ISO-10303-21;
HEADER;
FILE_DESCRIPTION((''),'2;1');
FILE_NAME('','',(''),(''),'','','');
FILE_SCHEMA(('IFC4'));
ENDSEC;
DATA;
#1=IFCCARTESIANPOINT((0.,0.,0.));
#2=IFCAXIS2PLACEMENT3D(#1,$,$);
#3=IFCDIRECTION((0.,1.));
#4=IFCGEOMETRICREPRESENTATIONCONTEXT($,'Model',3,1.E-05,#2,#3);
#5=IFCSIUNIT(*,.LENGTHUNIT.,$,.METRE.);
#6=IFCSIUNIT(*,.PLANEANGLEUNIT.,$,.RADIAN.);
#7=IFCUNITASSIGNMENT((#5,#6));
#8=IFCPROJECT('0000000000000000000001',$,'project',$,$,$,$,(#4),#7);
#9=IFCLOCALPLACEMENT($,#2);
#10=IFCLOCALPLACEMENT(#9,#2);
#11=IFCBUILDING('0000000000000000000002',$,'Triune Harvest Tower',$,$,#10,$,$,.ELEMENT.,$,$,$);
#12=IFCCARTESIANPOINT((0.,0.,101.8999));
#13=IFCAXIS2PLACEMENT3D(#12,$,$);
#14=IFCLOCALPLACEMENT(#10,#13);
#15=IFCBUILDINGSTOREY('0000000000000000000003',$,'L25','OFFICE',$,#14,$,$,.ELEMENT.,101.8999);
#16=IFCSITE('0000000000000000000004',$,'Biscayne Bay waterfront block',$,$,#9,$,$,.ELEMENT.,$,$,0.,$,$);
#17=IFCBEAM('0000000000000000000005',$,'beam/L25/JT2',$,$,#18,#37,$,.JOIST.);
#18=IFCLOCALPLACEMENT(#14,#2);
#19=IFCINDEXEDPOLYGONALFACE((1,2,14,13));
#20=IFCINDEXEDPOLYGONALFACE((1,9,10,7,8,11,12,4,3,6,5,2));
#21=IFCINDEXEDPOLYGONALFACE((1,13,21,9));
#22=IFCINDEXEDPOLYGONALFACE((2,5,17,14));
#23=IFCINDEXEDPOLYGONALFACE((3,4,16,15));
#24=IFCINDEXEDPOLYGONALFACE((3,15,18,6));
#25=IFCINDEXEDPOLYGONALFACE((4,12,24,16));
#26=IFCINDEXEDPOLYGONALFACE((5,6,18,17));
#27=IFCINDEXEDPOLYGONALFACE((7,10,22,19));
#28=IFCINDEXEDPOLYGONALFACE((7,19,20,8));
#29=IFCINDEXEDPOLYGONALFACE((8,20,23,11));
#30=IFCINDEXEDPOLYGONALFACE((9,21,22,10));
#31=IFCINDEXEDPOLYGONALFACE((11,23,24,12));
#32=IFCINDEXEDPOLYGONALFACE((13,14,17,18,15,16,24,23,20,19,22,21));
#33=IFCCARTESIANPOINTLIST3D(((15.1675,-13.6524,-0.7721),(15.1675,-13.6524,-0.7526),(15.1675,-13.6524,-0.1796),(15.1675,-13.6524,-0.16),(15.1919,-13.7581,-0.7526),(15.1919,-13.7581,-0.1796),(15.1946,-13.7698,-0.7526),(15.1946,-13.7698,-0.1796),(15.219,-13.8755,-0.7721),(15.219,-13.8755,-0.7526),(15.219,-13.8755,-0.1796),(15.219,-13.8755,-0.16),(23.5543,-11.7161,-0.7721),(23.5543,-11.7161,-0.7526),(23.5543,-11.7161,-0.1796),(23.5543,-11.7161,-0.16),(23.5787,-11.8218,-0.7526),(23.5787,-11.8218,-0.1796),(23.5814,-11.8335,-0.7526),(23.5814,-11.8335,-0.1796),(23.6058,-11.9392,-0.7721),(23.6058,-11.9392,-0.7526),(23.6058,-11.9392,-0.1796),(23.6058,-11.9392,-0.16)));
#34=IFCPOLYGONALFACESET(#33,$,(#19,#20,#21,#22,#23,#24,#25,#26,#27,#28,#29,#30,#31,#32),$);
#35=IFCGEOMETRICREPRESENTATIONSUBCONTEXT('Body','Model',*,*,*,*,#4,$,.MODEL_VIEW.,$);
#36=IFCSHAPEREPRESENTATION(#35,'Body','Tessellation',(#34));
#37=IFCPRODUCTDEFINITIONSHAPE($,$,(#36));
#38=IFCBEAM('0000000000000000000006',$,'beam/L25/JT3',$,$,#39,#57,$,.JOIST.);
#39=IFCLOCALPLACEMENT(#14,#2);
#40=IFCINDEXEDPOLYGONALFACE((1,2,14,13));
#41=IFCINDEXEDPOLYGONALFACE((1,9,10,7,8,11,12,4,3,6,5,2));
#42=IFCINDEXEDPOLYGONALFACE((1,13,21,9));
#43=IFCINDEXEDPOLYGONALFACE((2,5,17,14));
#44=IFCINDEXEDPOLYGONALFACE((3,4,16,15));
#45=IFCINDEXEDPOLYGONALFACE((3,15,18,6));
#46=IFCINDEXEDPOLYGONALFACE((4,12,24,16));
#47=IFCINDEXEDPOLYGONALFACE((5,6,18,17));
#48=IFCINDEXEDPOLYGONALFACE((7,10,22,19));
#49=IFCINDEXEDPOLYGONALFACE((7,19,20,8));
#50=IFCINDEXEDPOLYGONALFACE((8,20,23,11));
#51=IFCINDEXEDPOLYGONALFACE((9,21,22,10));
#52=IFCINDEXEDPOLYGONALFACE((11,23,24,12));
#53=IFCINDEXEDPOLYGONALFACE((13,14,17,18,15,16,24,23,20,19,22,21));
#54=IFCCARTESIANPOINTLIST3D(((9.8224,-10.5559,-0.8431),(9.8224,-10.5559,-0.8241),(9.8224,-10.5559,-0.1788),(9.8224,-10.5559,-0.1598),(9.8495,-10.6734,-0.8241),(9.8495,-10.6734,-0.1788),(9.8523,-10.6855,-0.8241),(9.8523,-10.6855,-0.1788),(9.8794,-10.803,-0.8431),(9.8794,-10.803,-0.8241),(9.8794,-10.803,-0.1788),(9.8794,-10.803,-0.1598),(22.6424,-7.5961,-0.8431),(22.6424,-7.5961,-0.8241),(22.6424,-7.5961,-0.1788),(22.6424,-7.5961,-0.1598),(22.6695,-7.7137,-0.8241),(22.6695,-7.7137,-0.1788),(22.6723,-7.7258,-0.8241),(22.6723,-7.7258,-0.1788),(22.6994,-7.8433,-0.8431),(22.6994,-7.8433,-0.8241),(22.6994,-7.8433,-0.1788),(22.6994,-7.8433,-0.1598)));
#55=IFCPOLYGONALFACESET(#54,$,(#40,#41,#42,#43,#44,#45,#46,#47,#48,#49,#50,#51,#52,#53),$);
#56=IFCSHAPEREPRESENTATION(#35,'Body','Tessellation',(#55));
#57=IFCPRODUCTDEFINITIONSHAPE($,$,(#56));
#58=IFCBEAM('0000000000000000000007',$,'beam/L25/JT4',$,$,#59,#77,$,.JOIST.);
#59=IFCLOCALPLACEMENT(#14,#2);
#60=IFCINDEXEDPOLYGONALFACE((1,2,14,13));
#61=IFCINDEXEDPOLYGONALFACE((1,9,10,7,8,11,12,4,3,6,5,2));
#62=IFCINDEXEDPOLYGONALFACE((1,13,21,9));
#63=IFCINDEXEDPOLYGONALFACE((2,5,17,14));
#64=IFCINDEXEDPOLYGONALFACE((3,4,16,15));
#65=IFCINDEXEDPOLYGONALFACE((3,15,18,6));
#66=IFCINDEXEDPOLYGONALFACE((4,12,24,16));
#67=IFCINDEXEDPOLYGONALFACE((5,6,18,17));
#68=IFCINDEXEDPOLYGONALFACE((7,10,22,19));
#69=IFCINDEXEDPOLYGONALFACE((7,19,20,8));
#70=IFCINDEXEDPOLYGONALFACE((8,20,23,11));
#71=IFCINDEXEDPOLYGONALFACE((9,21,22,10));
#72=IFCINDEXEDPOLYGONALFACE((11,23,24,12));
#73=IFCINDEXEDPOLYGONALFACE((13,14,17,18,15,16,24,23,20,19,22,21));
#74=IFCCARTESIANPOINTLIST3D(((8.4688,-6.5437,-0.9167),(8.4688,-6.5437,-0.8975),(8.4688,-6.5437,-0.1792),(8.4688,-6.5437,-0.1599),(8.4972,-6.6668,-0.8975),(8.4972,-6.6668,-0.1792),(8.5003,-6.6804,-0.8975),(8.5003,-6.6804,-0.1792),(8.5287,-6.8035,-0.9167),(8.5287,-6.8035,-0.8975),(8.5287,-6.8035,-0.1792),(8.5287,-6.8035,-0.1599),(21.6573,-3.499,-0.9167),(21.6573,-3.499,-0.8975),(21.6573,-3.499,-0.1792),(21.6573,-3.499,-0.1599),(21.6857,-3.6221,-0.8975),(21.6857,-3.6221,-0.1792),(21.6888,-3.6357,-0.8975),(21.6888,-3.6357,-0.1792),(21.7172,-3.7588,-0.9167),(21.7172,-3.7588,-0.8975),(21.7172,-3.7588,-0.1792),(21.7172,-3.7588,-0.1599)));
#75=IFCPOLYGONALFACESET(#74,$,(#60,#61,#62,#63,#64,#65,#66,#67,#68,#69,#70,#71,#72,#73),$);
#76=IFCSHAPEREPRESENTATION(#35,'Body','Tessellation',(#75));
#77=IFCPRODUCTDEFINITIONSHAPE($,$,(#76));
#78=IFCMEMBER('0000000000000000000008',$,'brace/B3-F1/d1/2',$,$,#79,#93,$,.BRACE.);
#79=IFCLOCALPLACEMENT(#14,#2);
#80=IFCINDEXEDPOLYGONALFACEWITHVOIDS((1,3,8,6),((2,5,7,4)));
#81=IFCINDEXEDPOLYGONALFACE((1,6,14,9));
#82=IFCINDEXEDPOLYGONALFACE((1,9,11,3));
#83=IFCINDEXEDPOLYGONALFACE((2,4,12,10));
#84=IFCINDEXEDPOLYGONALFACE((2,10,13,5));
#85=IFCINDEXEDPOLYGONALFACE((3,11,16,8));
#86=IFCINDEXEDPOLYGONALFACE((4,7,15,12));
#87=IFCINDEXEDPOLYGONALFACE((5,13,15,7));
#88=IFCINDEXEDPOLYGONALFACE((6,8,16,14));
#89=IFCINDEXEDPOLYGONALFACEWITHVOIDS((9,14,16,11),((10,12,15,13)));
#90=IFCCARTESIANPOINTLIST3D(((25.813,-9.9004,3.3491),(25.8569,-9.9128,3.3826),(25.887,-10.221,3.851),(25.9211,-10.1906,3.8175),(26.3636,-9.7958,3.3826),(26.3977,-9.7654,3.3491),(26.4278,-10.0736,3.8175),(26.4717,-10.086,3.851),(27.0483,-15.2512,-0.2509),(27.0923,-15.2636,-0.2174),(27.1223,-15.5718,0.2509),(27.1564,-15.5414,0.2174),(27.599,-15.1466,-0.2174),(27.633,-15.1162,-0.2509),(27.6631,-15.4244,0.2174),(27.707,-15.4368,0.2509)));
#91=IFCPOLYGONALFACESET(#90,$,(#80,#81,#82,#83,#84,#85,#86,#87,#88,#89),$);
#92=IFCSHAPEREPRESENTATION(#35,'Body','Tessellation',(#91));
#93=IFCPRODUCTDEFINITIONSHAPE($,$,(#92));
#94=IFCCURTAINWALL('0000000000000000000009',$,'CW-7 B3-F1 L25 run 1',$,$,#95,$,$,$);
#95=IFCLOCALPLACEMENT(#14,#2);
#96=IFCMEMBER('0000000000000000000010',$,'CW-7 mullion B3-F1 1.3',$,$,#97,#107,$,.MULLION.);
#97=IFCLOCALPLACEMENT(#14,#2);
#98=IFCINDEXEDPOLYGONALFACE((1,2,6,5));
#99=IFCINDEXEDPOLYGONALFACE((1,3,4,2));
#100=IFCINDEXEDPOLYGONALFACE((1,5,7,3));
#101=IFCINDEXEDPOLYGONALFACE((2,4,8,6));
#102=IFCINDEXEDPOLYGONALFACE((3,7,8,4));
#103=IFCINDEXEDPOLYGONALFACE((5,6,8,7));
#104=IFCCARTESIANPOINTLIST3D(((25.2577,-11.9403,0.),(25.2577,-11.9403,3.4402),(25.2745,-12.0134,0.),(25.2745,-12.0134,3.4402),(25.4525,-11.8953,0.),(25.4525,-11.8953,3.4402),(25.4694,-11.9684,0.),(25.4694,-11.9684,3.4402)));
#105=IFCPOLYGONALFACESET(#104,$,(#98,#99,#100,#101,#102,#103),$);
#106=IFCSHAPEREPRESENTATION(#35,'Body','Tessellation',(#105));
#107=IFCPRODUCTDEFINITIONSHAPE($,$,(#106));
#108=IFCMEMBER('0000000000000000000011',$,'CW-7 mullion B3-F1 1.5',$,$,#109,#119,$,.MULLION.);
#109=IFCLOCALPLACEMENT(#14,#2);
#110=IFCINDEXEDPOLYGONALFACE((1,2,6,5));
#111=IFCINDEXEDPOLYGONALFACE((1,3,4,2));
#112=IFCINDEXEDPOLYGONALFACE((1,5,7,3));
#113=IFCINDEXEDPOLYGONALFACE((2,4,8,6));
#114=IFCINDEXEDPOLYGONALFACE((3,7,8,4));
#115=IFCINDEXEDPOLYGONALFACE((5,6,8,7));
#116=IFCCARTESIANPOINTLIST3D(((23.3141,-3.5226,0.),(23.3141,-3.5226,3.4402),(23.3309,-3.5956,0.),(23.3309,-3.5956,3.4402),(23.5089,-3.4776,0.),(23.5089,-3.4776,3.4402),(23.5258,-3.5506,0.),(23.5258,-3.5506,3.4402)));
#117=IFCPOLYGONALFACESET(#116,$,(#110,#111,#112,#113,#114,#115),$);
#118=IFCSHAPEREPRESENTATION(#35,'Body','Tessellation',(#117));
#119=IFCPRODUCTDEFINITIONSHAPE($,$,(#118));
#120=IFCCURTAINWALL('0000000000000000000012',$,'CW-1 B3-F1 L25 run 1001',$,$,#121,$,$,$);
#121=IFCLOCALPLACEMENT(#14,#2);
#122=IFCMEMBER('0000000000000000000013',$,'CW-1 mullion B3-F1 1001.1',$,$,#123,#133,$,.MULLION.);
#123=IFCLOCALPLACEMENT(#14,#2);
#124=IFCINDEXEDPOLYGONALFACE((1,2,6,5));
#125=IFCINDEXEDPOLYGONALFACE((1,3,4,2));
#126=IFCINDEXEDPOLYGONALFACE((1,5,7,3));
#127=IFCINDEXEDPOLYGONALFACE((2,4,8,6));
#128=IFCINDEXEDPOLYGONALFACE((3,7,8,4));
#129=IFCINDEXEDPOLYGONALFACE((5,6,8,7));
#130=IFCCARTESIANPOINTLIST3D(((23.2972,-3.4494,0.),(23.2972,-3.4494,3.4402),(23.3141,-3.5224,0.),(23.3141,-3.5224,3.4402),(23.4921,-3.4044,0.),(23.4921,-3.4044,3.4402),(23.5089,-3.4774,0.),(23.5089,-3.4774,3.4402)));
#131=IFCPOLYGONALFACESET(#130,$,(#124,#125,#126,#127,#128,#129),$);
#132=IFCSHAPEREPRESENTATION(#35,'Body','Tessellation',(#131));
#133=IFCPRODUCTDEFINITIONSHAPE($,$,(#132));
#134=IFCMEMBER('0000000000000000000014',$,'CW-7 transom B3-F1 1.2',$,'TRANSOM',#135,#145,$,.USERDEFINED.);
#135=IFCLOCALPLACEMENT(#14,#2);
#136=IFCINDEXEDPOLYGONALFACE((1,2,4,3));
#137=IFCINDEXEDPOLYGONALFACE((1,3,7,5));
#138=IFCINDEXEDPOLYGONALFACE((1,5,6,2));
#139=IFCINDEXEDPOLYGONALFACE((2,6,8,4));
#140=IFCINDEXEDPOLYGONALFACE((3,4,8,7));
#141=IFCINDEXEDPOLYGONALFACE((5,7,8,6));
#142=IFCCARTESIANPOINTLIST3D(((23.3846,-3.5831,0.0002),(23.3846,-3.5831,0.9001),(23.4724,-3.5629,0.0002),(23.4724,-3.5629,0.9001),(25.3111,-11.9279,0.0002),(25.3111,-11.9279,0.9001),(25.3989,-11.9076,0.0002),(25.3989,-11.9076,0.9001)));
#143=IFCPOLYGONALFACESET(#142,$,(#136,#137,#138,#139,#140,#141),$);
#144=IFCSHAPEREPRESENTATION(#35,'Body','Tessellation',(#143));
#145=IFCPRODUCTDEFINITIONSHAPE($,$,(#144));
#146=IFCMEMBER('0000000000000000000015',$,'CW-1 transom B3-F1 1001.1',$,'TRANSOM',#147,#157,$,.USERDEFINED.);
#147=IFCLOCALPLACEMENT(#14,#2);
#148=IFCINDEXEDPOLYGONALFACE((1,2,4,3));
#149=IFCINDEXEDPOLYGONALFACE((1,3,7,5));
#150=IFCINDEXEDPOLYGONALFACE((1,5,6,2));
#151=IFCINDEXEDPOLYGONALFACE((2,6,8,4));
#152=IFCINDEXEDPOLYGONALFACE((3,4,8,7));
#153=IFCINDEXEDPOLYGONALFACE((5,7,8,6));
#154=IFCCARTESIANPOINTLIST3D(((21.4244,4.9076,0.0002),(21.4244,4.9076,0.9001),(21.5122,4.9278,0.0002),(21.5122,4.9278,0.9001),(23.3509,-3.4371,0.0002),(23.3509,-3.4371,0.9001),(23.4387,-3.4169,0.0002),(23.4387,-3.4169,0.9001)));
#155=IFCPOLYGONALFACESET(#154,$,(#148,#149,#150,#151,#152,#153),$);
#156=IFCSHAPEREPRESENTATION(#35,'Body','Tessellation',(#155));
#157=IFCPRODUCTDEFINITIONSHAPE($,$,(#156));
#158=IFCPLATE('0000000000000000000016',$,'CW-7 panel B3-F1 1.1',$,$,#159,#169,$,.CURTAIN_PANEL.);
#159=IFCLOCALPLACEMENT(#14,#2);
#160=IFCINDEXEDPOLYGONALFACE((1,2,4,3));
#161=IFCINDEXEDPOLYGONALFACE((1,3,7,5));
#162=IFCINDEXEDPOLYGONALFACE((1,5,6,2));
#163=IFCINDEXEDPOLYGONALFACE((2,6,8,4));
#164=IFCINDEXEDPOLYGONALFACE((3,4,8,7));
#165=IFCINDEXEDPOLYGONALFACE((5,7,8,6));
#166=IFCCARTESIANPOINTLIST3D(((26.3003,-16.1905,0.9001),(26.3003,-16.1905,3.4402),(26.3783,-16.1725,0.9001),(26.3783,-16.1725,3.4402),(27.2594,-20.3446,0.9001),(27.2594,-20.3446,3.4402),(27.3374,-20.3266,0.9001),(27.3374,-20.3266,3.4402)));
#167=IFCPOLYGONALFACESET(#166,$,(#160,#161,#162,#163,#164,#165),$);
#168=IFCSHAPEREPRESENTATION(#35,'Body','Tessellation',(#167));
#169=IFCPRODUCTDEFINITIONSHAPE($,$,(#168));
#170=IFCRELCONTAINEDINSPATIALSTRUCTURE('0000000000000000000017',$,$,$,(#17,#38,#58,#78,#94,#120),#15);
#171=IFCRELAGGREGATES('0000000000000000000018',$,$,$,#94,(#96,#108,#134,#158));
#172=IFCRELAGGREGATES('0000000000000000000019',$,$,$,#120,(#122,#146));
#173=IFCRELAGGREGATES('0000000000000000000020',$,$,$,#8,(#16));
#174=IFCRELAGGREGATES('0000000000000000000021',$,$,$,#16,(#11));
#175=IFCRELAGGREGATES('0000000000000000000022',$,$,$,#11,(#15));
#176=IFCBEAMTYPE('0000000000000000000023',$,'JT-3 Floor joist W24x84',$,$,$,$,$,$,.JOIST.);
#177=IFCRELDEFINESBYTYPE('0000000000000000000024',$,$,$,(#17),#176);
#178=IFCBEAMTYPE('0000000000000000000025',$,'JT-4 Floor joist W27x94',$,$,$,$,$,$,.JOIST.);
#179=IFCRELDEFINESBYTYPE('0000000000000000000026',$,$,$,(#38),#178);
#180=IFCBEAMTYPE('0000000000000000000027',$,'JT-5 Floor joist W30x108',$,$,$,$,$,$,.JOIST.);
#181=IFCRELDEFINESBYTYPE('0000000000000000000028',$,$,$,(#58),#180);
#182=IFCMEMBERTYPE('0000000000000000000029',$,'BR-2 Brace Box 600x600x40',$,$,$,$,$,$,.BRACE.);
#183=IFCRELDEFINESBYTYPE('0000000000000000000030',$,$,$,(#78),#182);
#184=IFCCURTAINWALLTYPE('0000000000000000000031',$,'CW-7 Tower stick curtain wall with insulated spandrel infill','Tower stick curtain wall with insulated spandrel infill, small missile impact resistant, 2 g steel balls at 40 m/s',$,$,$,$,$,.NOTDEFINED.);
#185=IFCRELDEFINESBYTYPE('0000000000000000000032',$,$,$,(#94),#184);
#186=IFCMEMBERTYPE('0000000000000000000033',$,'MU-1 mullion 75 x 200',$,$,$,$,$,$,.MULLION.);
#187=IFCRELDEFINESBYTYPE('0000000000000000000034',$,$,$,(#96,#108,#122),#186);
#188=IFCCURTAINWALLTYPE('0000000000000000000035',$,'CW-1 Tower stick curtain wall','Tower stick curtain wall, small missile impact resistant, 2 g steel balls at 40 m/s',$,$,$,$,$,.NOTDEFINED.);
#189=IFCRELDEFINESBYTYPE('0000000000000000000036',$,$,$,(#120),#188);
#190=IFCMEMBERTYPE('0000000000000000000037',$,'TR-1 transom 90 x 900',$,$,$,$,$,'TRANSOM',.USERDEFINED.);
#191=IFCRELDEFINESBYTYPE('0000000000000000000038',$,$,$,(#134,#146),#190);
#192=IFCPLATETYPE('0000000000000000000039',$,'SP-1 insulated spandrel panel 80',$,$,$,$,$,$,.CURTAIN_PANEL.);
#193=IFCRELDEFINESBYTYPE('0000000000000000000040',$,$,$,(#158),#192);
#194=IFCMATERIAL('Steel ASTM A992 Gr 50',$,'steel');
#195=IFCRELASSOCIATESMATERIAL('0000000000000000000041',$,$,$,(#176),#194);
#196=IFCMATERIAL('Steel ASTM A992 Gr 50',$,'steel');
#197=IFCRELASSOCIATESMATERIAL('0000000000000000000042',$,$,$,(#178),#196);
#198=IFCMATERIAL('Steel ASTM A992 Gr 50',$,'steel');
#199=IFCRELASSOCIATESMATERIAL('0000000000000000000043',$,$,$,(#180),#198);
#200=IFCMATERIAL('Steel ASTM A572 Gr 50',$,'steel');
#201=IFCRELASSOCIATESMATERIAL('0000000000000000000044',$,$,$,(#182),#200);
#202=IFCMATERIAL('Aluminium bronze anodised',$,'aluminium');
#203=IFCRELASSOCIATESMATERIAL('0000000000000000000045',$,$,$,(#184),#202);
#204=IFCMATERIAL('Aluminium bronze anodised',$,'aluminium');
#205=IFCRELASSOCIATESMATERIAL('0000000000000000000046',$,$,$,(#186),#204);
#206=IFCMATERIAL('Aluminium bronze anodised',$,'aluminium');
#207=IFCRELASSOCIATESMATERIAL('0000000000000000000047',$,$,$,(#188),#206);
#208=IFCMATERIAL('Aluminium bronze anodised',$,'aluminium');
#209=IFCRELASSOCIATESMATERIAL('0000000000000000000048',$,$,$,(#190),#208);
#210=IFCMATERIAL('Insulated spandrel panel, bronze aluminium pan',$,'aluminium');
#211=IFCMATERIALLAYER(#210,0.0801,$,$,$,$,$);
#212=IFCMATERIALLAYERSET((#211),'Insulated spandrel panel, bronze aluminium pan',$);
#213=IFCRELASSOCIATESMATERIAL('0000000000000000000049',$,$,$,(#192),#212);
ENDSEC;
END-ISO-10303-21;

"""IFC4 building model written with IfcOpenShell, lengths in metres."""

from ifc_helpers import new_model, si_unit, direction, frame, origin, origin_2d, place, context, subcontext, project, spatial, rectangle, hollow_rectangle, i_section, extrude, source, transform, mapped, material, layer, layer_set, material_profile, profile_set, type_object, element, aggregate, save


model = new_model("IFC4")

# Units and contexts
model_context = context("Model", 3, precision=1e-05, world=origin(), true_north=direction((0.0, 1.0)))
body_context = subcontext(model_context, "Body", "Model", "MODEL_VIEW")
ifc_project = project(units=[si_unit("LENGTHUNIT", "METRE"), si_unit("PLANEANGLEUNIT", "RADIAN")], contexts=[model_context])

# Site, building, storey
site_placement = place(None, origin())
site = spatial("IfcSite", under=ifc_project, at=site_placement, Name="Biscayne Bay waterfront block", CompositionType="ELEMENT", RefElevation=0.0)
building_placement = place(site_placement, origin())
building = spatial("IfcBuilding", under=site, at=building_placement, Name="Triune Harvest Tower", CompositionType="ELEMENT")
storey_placement = place(building_placement, frame((0.0, 0.0, 101.8999)))
storey = spatial("IfcBuildingStorey", under=building, at=storey_placement, Name="L25", Description="OFFICE", CompositionType="ELEMENT", Elevation=101.8999)

# Beams
ifc_material_1 = material(Name="Steel ASTM A992 Gr 50", Category="steel")
ifc_material_profile_1 = material_profile(ifc_material_1, i_section(OverallWidth=0.229, OverallDepth=0.6121, WebThickness=0.012, FlangeThickness=0.0195, at=origin_2d()), Name="W24x84")
ifc_profile_set_1 = profile_set([ifc_material_profile_1], Name="Steel ASTM A992 Gr 50")
beam_type_1 = type_object("IfcBeamType", Name="JT-3 Floor joist W24x84", PredefinedType="JOIST", material=ifc_profile_set_1)
shared_shape_1 = source(origin(), body_context, "Body", "SweptSolid", [
    extrude(i_section(OverallWidth=0.229, OverallDepth=0.6121, WebThickness=0.012, FlangeThickness=0.0195, at=origin_2d()), origin(), (0.0, 0.0, 1.0), 8.6074),
])
beam_1_placement = place(storey_placement, frame((23.5801, -11.8276, -0.4661), z_axis=(-0.974369, -0.224957, 0.0), x_axis=(0.224957, -0.974369, 0.0)))
element("IfcBeam", 1, at=beam_1_placement, inside=storey, type_object=beam_type_1, Name="beam/L25/JT2", PredefinedType="JOIST", context=body_context, shape_type="MappedRepresentation", body=[
    mapped(shared_shape_1, transform((0.0, 0.0, 0.0), scale=1.0)),
])
ifc_material_2 = material(Name="Steel ASTM A992 Gr 50", Category="steel")
ifc_material_profile_2 = material_profile(ifc_material_2, i_section(OverallWidth=0.2537, OverallDepth=0.6833, WebThickness=0.0125, FlangeThickness=0.019, at=origin_2d()), Name="W27x94")
ifc_profile_set_2 = profile_set([ifc_material_profile_2], Name="Steel ASTM A992 Gr 50")
beam_type_2 = type_object("IfcBeamType", Name="JT-4 Floor joist W27x94", PredefinedType="JOIST", material=ifc_profile_set_2)
shared_shape_2 = source(origin(), body_context, "Body", "SweptSolid", [
    extrude(i_section(OverallWidth=0.2537, OverallDepth=0.6833, WebThickness=0.0125, FlangeThickness=0.019, at=origin_2d()), origin(), (0.0, 0.0, 1.0), 13.1572),
])
beam_2_placement = place(storey_placement, frame((22.6709, -7.7197, -0.5015), z_axis=(-0.974371, -0.224949, 0.0), x_axis=(0.224949, -0.974371, 0.0)))
element("IfcBeam", 2, at=beam_2_placement, inside=storey, type_object=beam_type_2, Name="beam/L25/JT3", PredefinedType="JOIST", context=body_context, shape_type="MappedRepresentation", body=[
    mapped(shared_shape_2, transform((0.0, 0.0, 0.0), scale=1.0)),
])
ifc_material_3 = material(Name="Steel ASTM A992 Gr 50", Category="steel")
ifc_material_profile_3 = material_profile(ifc_material_3, i_section(OverallWidth=0.2666, OverallDepth=0.7568, WebThickness=0.0139, FlangeThickness=0.0193, at=origin_2d()), Name="W30x108")
ifc_profile_set_3 = profile_set([ifc_material_profile_3], Name="Steel ASTM A992 Gr 50")
beam_type_3 = type_object("IfcBeamType", Name="JT-5 Floor joist W30x108", PredefinedType="JOIST", material=ifc_profile_set_3)
shared_shape_3 = source(origin(), body_context, "Body", "SweptSolid", [
    extrude(i_section(OverallWidth=0.2666, OverallDepth=0.7568, WebThickness=0.0139, FlangeThickness=0.0193, at=origin_2d()), origin(), (0.0, 0.0, 1.0), 13.5354),
])
beam_3_placement = place(storey_placement, frame((21.6873, -3.6289, -0.5383), z_axis=(-0.974372, -0.224942, 0.0), x_axis=(0.224942, -0.974372, 0.0)))
element("IfcBeam", 3, at=beam_3_placement, inside=storey, type_object=beam_type_3, Name="beam/L25/JT4", PredefinedType="JOIST", context=body_context, shape_type="MappedRepresentation", body=[
    mapped(shared_shape_3, transform((0.0, 0.0, 0.0), scale=1.0)),
])

# Member
ifc_material_4 = material(Name="Steel ASTM A572 Gr 50", Category="steel")
ifc_material_profile_4 = material_profile(ifc_material_4, hollow_rectangle(XDim=0.6001, YDim=0.6001, WallThickness=0.04, at=origin_2d()), Name="Box 600x600x40")
ifc_profile_set_4 = profile_set([ifc_material_profile_4], Name="Steel ASTM A572 Gr 50")
member_type_1 = type_object("IfcMemberType", Name="BR-2 Brace Box 600x600x40", PredefinedType="BRACE", material=ifc_profile_set_4)
shared_shape_4 = source(origin(), body_context, "Body", "SweptSolid", [
    extrude(hollow_rectangle(XDim=0.6001, YDim=0.6001, WallThickness=0.04, at=origin_2d()), origin(), (0.0, 0.0, 1.0), 6.5664),
])
member_1_placement = place(storey_placement, frame((27.3777, -15.344, 0.0), z_axis=(-0.188131, 0.814875, 0.548257), x_axis=(-0.974369, -0.224954, 0.0)))
element("IfcMember", 4, at=member_1_placement, inside=storey, type_object=member_type_1, Name="brace/B3-F1/d1/2", PredefinedType="BRACE", context=body_context, shape_type="MappedRepresentation", body=[
    mapped(shared_shape_4, transform((0.0, 0.0, 0.0), scale=1.0)),
])

# Curtain wall, members
ifc_material_5 = material(Name="Aluminium bronze anodised", Category="aluminium")
curtain_wall_type_1 = type_object("IfcCurtainWallType", Name="CW-7 Tower stick curtain wall with insulated spandrel infill", Description="Tower stick curtain wall with insulated spandrel infill, small missile impact resistant, 2 g steel balls at 40 m/s", PredefinedType="NOTDEFINED", material=ifc_material_5)
curtain_wall_1_placement = place(storey_placement, origin())
curtain_wall_1 = element("IfcCurtainWall", 5, at=curtain_wall_1_placement, inside=storey, type_object=curtain_wall_type_1, Name="CW-7 B3-F1 L25 run 1")
ifc_material_6 = material(Name="Aluminium bronze anodised", Category="aluminium")
ifc_material_profile_5 = material_profile(ifc_material_6, rectangle(XDim=0.2, YDim=0.075, at=origin_2d()), Name="MU-1 mullion 75 x 200")
ifc_profile_set_5 = profile_set([ifc_material_profile_5], Name="Aluminium bronze anodised")
member_type_2 = type_object("IfcMemberType", Name="MU-1 mullion 75 x 200", PredefinedType="MULLION", material=ifc_profile_set_5)
shared_shape_5 = source(origin(), body_context, "Body", "SweptSolid", [
    extrude(rectangle(XDim=0.2, YDim=0.075, at=origin_2d()), origin(), (0.0, 0.0, 1.0), 3.4402),
])
member_2_placement = place(storey_placement, frame((25.3635, -11.9543, 0.0), z_axis=(0.0, 0.0, 1.0), x_axis=(-0.97437, -0.224951, 0.0)))
member_2 = element("IfcMember", 6, at=member_2_placement, type_object=member_type_2, Name="CW-7 mullion B3-F1 1.3", PredefinedType="MULLION", context=body_context, shape_type="MappedRepresentation", body=[
    mapped(shared_shape_5, transform((0.0, 0.0, 0.0), scale=1.0)),
])
member_3_placement = place(storey_placement, frame((23.4199, -3.5366, 0.0), z_axis=(0.0, 0.0, 1.0), x_axis=(-0.97437, -0.224951, 0.0)))
member_3 = element("IfcMember", 7, at=member_3_placement, type_object=member_type_2, Name="CW-7 mullion B3-F1 1.5", PredefinedType="MULLION", context=body_context, shape_type="MappedRepresentation", body=[
    mapped(shared_shape_5, transform((0.0, 0.0, 0.0), scale=1.0)),
])

# Curtain wall, member
ifc_material_7 = material(Name="Aluminium bronze anodised", Category="aluminium")
curtain_wall_type_2 = type_object("IfcCurtainWallType", Name="CW-1 Tower stick curtain wall", Description="Tower stick curtain wall, small missile impact resistant, 2 g steel balls at 40 m/s", PredefinedType="NOTDEFINED", material=ifc_material_7)
curtain_wall_2_placement = place(storey_placement, origin())
curtain_wall_2 = element("IfcCurtainWall", 8, at=curtain_wall_2_placement, inside=storey, type_object=curtain_wall_type_2, Name="CW-1 B3-F1 L25 run 1001")
member_4_placement = place(storey_placement, frame((23.4031, -3.4634, 0.0), z_axis=(0.0, 0.0, 1.0), x_axis=(-0.97437, -0.224952, 0.0)))
member_4 = element("IfcMember", 9, at=member_4_placement, type_object=member_type_2, Name="CW-1 mullion B3-F1 1001.1", PredefinedType="MULLION", context=body_context, shape_type="MappedRepresentation", body=[
    mapped(shared_shape_5, transform((0.0, 0.0, 0.0), scale=1.0)),
])

# Members
ifc_material_8 = material(Name="Aluminium bronze anodised", Category="aluminium")
ifc_material_profile_6 = material_profile(ifc_material_8, rectangle(XDim=0.0901, YDim=0.8999, at=origin_2d()), Name="TR-1 transom 90 x 900")
ifc_profile_set_6 = profile_set([ifc_material_profile_6], Name="Aluminium bronze anodised")
member_type_3 = type_object("IfcMemberType", Name="TR-1 transom 90 x 900", ElementType="TRANSOM", PredefinedType="USERDEFINED", material=ifc_profile_set_6)
shared_shape_6 = source(origin(), body_context, "Body", "SweptSolid", [
    extrude(rectangle(XDim=0.0901, YDim=0.8999, at=origin_2d()), origin(), (0.0, 0.0, 1.0), 8.5642),
])
member_5_placement = place(storey_placement, frame((25.355, -11.9177, 0.4502), z_axis=(-0.224949, 0.974371, 0.0), x_axis=(-0.974371, -0.224949, 0.0)))
member_5 = element("IfcMember", 10, at=member_5_placement, type_object=member_type_3, Name="CW-7 transom B3-F1 1.2", ObjectType="TRANSOM", PredefinedType="USERDEFINED", context=body_context, shape_type="MappedRepresentation", body=[
    mapped(shared_shape_6, transform((0.0, 0.0, 0.0), scale=1.0)),
])
member_6_placement = place(storey_placement, frame((23.3948, -3.427, 0.4502), z_axis=(-0.224949, 0.974371, 0.0), x_axis=(-0.974371, -0.224949, 0.0)))
member_6 = element("IfcMember", 11, at=member_6_placement, type_object=member_type_3, Name="CW-1 transom B3-F1 1001.1", ObjectType="TRANSOM", PredefinedType="USERDEFINED", context=body_context, shape_type="MappedRepresentation", body=[
    mapped(shared_shape_6, transform((0.0, 0.0, 0.0), scale=1.0)),
])

# Plate
ifc_material_9 = material(Name="Insulated spandrel panel, bronze aluminium pan", Category="aluminium")
ifc_layer_1 = layer(ifc_material_9, 0.0801)
ifc_layer_set_1 = layer_set([ifc_layer_1], Name="Insulated spandrel panel, bronze aluminium pan")
plate_type_1 = type_object("IfcPlateType", Name="SP-1 insulated spandrel panel 80", PredefinedType="CURTAIN_PANEL", material=ifc_layer_set_1)
shared_shape_7 = source(origin(), body_context, "Body", "SweptSolid", [
    extrude(rectangle(XDim=4.2634, YDim=0.0801, at=origin_2d()), origin(), (0.0, 0.0, 1.0), 2.54),
])
plate_1_placement = place(storey_placement, frame((26.8188, -18.2585, 0.9001), z_axis=(0.0, 0.0, 1.0), x_axis=(-0.224951, 0.97437, 0.0)))
plate_1 = element("IfcPlate", 12, at=plate_1_placement, type_object=plate_type_1, Name="CW-7 panel B3-F1 1.1", PredefinedType="CURTAIN_PANEL", context=body_context, shape_type="MappedRepresentation", body=[
    mapped(shared_shape_7, transform((0.0, 0.0, 0.0), scale=1.0)),
])
aggregate(curtain_wall_1, [member_2, member_3, member_5, plate_1])
aggregate(curtain_wall_2, [member_4, member_6])

save(model, "model.ifc")
